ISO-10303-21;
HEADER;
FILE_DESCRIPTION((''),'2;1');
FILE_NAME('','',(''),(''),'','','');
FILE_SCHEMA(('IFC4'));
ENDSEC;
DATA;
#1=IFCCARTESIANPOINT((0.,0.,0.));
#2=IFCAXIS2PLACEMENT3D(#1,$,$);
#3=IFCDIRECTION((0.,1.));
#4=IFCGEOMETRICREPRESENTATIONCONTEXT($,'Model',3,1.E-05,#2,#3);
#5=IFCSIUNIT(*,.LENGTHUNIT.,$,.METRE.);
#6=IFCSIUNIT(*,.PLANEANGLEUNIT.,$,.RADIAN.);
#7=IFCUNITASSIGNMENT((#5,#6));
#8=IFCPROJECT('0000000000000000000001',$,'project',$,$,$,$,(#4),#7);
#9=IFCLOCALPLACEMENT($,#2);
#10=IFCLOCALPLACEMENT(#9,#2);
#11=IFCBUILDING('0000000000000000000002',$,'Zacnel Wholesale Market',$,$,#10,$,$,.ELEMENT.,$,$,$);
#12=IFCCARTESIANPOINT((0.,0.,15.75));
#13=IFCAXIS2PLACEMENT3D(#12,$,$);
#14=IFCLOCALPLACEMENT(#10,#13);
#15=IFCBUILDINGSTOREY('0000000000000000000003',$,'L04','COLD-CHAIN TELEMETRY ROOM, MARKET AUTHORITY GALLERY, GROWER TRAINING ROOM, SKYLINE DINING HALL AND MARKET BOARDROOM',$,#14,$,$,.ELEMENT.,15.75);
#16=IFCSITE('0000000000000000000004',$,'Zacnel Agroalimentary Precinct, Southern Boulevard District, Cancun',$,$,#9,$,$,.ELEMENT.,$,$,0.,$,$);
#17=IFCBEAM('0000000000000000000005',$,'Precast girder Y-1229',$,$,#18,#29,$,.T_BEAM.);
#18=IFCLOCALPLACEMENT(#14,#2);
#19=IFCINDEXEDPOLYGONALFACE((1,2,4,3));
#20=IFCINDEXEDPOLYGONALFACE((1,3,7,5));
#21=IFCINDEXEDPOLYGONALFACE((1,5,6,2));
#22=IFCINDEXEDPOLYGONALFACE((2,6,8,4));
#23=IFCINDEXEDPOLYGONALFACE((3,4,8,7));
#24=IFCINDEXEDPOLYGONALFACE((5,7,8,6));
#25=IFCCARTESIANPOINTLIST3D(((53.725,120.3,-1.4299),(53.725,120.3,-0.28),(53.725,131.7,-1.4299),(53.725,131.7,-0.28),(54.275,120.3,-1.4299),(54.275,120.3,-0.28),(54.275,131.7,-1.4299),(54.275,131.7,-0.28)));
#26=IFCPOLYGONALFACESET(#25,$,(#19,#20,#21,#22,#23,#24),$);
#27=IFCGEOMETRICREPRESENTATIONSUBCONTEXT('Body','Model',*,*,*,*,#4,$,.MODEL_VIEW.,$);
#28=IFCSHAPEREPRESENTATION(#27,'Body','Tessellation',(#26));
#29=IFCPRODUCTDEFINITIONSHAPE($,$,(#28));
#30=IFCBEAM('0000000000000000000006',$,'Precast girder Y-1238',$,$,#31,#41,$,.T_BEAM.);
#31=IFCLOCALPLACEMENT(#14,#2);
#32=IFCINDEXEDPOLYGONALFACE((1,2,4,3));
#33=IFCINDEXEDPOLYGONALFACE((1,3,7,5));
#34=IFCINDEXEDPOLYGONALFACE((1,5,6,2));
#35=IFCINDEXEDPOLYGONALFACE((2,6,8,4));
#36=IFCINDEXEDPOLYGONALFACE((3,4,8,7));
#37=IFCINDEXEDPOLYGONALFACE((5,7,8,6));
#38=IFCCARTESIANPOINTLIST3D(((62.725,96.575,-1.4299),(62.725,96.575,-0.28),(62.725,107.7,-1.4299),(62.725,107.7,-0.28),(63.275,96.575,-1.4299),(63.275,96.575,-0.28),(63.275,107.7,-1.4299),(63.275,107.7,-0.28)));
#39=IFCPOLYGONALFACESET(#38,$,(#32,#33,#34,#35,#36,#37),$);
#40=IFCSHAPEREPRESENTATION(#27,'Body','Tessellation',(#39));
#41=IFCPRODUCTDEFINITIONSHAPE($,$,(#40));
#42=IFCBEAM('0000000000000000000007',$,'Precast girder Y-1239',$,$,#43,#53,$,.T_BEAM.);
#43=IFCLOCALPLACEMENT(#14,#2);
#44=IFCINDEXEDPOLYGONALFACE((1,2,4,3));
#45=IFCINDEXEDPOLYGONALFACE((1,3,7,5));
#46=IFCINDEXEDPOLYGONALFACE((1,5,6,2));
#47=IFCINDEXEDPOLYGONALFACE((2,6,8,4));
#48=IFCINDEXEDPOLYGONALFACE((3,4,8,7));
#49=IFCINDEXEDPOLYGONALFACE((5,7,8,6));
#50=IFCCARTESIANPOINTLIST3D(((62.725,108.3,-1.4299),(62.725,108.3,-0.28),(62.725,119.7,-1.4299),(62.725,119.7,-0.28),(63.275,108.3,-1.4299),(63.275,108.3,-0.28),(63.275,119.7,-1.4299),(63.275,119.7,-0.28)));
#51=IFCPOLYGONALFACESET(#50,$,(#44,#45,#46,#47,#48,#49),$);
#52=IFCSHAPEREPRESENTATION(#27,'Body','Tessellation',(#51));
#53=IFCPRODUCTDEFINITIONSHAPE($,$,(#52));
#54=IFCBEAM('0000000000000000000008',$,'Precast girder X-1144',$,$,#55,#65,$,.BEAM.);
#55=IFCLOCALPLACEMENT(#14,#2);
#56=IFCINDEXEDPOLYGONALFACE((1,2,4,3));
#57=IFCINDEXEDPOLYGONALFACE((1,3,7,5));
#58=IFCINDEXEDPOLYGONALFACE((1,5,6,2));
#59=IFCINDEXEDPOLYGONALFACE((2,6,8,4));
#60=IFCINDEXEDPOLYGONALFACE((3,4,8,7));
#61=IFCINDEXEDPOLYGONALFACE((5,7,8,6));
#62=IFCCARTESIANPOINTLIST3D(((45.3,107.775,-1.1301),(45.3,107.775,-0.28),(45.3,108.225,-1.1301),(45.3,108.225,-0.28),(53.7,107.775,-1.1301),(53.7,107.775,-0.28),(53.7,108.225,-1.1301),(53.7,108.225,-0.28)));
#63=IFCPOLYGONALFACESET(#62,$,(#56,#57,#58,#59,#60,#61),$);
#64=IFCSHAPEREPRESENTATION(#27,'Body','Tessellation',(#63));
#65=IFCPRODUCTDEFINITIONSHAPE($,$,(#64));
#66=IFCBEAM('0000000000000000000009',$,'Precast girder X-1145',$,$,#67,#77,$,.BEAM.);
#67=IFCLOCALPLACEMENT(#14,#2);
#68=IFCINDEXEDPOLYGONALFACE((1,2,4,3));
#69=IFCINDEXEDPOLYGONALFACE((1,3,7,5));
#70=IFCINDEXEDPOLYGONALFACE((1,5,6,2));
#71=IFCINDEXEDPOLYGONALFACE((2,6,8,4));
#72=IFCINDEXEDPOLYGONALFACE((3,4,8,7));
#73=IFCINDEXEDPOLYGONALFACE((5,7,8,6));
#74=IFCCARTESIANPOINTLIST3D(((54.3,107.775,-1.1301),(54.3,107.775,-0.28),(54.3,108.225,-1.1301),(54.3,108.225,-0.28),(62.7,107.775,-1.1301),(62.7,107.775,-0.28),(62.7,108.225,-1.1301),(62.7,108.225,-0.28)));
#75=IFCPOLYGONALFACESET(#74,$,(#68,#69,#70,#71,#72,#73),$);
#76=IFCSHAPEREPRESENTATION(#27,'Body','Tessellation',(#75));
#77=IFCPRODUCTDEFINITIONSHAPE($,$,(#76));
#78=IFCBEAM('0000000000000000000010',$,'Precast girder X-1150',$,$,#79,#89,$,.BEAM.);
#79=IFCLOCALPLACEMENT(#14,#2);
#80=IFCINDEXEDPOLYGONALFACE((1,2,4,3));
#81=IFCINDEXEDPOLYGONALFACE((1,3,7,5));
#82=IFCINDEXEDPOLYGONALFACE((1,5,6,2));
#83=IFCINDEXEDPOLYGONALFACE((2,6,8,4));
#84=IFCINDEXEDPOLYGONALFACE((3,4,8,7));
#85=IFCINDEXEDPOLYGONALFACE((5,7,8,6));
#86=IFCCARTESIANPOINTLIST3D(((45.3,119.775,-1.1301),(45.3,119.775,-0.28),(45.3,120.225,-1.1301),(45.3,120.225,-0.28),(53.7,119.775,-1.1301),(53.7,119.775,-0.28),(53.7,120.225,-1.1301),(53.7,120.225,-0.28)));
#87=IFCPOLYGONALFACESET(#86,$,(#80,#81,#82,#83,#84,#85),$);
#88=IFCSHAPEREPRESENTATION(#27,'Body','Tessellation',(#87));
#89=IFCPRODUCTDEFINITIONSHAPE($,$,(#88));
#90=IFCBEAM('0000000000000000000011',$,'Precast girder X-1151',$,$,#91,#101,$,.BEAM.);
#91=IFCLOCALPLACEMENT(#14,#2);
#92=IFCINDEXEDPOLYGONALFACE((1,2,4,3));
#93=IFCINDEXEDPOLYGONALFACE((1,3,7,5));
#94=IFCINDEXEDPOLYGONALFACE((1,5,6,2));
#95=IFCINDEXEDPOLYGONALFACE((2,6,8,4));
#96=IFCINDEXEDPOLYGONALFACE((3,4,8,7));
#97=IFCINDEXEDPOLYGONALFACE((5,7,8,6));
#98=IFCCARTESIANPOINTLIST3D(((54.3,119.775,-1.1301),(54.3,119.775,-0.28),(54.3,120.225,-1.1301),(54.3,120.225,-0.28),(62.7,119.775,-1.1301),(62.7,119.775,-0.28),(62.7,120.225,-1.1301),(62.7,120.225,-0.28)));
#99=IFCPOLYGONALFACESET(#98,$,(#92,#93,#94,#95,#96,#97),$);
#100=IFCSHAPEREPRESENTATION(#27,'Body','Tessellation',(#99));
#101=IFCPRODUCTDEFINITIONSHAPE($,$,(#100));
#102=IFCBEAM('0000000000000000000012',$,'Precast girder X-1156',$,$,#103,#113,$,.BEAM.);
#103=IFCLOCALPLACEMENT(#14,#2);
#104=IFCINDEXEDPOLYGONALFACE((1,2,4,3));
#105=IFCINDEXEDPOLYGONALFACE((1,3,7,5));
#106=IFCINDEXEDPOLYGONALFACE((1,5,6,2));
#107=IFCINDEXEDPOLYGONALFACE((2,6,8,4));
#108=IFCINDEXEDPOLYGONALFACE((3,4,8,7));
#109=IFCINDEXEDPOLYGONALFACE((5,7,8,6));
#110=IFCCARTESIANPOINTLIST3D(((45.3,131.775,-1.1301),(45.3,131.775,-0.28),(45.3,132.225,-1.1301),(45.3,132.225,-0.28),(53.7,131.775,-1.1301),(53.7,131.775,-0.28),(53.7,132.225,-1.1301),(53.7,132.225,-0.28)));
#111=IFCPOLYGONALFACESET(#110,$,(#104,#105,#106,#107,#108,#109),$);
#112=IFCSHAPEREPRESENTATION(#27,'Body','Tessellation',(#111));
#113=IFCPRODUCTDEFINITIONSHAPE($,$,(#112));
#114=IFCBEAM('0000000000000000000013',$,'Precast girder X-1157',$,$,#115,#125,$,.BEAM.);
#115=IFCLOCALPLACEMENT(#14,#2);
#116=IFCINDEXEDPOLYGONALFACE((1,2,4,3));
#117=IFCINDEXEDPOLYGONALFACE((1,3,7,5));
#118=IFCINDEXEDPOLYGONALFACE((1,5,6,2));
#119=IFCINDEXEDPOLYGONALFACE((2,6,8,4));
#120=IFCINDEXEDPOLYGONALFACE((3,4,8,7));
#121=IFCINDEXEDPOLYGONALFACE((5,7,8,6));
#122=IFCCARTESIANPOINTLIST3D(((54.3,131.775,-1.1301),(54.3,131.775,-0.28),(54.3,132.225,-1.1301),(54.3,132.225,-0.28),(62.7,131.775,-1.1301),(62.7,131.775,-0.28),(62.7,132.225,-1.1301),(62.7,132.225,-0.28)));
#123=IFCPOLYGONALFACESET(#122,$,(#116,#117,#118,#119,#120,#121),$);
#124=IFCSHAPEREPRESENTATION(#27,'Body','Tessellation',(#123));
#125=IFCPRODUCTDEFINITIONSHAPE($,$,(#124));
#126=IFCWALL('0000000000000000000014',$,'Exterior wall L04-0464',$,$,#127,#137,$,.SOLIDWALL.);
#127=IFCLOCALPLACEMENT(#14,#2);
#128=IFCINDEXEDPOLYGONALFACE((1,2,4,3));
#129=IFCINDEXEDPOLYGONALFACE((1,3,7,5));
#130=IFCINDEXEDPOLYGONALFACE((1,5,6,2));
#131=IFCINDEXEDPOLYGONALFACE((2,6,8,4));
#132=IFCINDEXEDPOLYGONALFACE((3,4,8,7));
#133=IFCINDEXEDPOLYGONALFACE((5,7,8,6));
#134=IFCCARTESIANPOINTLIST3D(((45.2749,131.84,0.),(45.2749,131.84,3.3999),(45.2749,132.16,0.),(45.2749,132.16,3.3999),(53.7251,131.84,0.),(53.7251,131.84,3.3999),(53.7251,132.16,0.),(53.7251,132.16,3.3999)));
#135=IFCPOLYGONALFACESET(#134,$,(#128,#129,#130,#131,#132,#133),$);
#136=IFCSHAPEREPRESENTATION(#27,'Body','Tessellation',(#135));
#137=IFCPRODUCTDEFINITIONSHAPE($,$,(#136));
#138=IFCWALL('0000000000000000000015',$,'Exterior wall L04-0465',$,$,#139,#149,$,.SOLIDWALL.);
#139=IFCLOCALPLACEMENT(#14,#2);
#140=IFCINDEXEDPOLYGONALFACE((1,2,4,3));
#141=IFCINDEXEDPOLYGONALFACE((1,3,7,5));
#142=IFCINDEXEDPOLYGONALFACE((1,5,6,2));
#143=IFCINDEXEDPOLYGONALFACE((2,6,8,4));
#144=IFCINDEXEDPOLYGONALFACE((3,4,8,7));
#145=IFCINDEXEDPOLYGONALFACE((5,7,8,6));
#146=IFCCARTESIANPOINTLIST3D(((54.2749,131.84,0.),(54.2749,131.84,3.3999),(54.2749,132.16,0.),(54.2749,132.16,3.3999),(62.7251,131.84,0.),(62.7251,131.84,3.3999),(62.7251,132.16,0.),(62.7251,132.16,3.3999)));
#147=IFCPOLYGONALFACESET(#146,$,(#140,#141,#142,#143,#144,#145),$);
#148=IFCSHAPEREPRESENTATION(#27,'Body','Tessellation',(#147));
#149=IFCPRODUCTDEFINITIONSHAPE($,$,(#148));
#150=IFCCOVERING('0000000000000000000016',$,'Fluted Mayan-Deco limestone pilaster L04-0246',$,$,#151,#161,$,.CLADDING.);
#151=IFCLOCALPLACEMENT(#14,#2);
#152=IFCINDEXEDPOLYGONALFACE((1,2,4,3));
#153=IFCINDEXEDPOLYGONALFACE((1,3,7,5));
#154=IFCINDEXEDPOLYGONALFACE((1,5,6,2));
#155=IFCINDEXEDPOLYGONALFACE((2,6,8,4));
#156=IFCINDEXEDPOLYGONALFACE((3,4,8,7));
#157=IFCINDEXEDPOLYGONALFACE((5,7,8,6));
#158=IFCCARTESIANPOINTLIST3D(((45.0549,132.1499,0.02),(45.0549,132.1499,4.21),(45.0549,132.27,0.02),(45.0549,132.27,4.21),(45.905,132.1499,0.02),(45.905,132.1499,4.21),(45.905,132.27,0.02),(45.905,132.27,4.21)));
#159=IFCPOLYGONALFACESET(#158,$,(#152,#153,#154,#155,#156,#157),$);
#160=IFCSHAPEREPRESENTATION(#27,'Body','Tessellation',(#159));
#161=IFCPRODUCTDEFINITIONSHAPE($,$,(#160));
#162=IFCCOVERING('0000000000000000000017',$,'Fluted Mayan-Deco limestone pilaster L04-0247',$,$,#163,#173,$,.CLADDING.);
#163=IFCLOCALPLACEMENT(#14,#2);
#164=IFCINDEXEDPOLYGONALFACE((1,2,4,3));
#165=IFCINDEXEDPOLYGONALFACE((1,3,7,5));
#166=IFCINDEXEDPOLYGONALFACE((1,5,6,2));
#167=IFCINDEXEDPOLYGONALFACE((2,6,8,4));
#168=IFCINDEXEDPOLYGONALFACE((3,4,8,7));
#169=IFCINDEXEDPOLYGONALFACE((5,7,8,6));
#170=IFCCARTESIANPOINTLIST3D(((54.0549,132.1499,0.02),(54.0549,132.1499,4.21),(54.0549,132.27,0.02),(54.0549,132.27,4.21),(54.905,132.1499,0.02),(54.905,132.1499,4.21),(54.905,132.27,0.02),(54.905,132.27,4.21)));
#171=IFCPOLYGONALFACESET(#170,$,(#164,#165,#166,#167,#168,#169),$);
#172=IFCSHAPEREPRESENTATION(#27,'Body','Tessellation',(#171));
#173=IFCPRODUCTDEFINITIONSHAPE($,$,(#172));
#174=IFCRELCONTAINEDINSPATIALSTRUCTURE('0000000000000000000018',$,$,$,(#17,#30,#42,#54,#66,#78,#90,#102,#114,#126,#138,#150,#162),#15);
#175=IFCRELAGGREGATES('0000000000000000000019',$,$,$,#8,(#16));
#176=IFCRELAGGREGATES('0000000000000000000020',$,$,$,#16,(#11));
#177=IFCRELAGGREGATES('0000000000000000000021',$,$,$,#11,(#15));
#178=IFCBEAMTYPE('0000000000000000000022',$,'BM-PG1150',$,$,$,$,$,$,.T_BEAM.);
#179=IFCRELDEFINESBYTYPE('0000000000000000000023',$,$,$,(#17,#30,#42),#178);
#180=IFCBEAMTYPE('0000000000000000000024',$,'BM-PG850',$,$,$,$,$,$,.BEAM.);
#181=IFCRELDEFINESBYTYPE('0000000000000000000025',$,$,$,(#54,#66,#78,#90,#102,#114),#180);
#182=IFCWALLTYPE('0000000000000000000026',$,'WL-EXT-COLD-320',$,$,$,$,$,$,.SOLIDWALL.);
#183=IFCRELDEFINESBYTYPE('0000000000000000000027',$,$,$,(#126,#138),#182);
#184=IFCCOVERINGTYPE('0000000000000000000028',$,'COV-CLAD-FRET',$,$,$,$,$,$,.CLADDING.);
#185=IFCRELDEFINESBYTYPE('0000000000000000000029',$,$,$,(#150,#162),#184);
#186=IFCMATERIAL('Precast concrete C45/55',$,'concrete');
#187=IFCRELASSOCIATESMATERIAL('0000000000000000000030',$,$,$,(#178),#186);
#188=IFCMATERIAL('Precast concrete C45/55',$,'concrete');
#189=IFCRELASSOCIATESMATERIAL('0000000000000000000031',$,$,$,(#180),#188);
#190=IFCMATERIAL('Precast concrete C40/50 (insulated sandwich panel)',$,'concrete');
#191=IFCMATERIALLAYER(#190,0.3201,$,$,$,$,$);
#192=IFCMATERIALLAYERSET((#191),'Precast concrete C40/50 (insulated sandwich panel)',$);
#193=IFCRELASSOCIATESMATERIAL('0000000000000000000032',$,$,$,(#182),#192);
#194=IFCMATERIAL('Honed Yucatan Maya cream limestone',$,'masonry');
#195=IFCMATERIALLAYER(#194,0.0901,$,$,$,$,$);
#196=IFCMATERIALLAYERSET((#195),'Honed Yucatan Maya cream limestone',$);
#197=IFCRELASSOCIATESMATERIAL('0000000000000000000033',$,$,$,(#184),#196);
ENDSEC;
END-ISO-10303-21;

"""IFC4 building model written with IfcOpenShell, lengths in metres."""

from ifc_helpers import new_model, si_unit, direction, frame, frame_2d, origin, origin_2d, place, context, subcontext, project, spatial, rectangle, extrude, material, layer, layer_set, material_profile, profile_set, type_object, element, save


model = new_model("IFC4")

# Units and contexts
model_context = context("Model", 3, precision=1e-05, world=origin(), true_north=direction((0.0, 1.0)))
body_context = subcontext(model_context, "Body", "Model", "MODEL_VIEW")
ifc_project = project(units=[si_unit("LENGTHUNIT", "METRE"), si_unit("PLANEANGLEUNIT", "RADIAN")], contexts=[model_context])

# Site, building, storey
site_placement = place(None, origin())
site = spatial("IfcSite", under=ifc_project, at=site_placement, Name="Zacnel Agroalimentary Precinct, Southern Boulevard District, Cancun", CompositionType="ELEMENT", RefElevation=0.0)
building_placement = place(site_placement, origin())
building = spatial("IfcBuilding", under=site, at=building_placement, Name="Zacnel Wholesale Market", CompositionType="ELEMENT")
storey_placement = place(building_placement, frame((0.0, 0.0, 15.75)))
storey = spatial("IfcBuildingStorey", under=building, at=storey_placement, Name="L04", Description="COLD-CHAIN TELEMETRY ROOM, MARKET AUTHORITY GALLERY, GROWER TRAINING ROOM, SKYLINE DINING HALL AND MARKET BOARDROOM", CompositionType="ELEMENT", Elevation=15.75)

# Beams
ifc_material_1 = material(Name="Precast concrete C45/55", Category="concrete")
ifc_material_profile_1 = material_profile(ifc_material_1, rectangle(XDim=0.55, YDim=1.1499, at=origin_2d()), Name="PG 550x1150")
ifc_profile_set_1 = profile_set([ifc_material_profile_1], Name="Precast concrete C45/55")
beam_type_1 = type_object("IfcBeamType", Name="BM-PG1150", PredefinedType="T_BEAM", material=ifc_profile_set_1)
for number, where, z_axis, x_axis, name in (
    (1, (54.0, 120.3, -0.855), (0.0, 1.0, 0.0), (-1.0, 0.0, 0.0), "Precast girder Y-1229"),
):
    element("IfcBeam", number, at=place(storey_placement, frame(where, z_axis=z_axis, x_axis=x_axis)), inside=storey, type_object=beam_type_1, Name=name, PredefinedType="T_BEAM", context=body_context, shape_type="SweptSolid", body=[
        extrude(rectangle(XDim=0.55, YDim=1.1499, at=origin_2d()), origin(), (0.0, 0.0, 1.0), 11.3999),
    ])
beam_1_placement = place(storey_placement, frame((63.0, 96.575, -0.855), z_axis=(0.0, 1.0, 0.0), x_axis=(-1.0, 0.0, 0.0)))
element("IfcBeam", 2, at=beam_1_placement, inside=storey, type_object=beam_type_1, Name="Precast girder Y-1238", PredefinedType="T_BEAM", context=body_context, shape_type="SweptSolid", body=[
    extrude(rectangle(XDim=0.55, YDim=1.1499, at=origin_2d()), origin(), (0.0, 0.0, 1.0), 11.125),
])
beam_2_placement = place(storey_placement, frame((63.0, 108.3, -0.855), z_axis=(0.0, 1.0, 0.0), x_axis=(-1.0, 0.0, 0.0)))
element("IfcBeam", 3, at=beam_2_placement, inside=storey, type_object=beam_type_1, Name="Precast girder Y-1239", PredefinedType="T_BEAM", context=body_context, shape_type="SweptSolid", body=[
    extrude(rectangle(XDim=0.55, YDim=1.1499, at=origin_2d()), origin(), (0.0, 0.0, 1.0), 11.3999),
])
ifc_material_2 = material(Name="Precast concrete C45/55", Category="concrete")
ifc_material_profile_2 = material_profile(ifc_material_2, rectangle(XDim=0.45, YDim=0.8501, at=origin_2d()), Name="PG 450x850")
ifc_profile_set_2 = profile_set([ifc_material_profile_2], Name="Precast concrete C45/55")
beam_type_2 = type_object("IfcBeamType", Name="BM-PG850", PredefinedType="BEAM", material=ifc_profile_set_2)
for number, where, z_axis, x_axis, name in (
    (4, (45.3, 108.0, -0.7051), (1.0, 0.0, 0.0), (0.0, 1.0, 0.0), "Precast girder X-1144"),
    (5, (54.3, 108.0, -0.7051), (1.0, 0.0, 0.0), (0.0, 1.0, 0.0), "Precast girder X-1145"),
    (6, (45.3, 120.0, -0.7051), (1.0, 0.0, 0.0), (0.0, 1.0, 0.0), "Precast girder X-1150"),
    (7, (54.3, 120.0, -0.7051), (1.0, 0.0, 0.0), (0.0, 1.0, 0.0), "Precast girder X-1151"),
    (8, (45.3, 132.0, -0.7051), (1.0, 0.0, 0.0), (0.0, 1.0, 0.0), "Precast girder X-1156"),
    (9, (54.3, 132.0, -0.7051), (1.0, 0.0, 0.0), (0.0, 1.0, 0.0), "Precast girder X-1157"),
):
    element("IfcBeam", number, at=place(storey_placement, frame(where, z_axis=z_axis, x_axis=x_axis)), inside=storey, type_object=beam_type_2, Name=name, PredefinedType="BEAM", context=body_context, shape_type="SweptSolid", body=[
        extrude(rectangle(XDim=0.45, YDim=0.8501, at=origin_2d()), origin(), (0.0, 0.0, 1.0), 8.3999),
    ])

# Walls
ifc_material_3 = material(Name="Precast concrete C40/50 (insulated sandwich panel)", Category="concrete")
ifc_layer_1 = layer(ifc_material_3, 0.3201)
ifc_layer_set_1 = layer_set([ifc_layer_1], Name="Precast concrete C40/50 (insulated sandwich panel)")
wall_type = type_object("IfcWallType", Name="WL-EXT-COLD-320", PredefinedType="SOLIDWALL", material=ifc_layer_set_1)
for number, where, z_axis, x_axis, name in (
    (10, (45.2749, 132.0, 0.0), (0.0, 0.0, 1.0), (1.0, 0.0, 0.0), "Exterior wall L04-0464"),
    (11, (54.2749, 132.0, 0.0), (0.0, 0.0, 1.0), (1.0, 0.0, 0.0), "Exterior wall L04-0465"),
):
    element("IfcWall", number, at=place(storey_placement, frame(where, z_axis=z_axis, x_axis=x_axis)), inside=storey, type_object=wall_type, Name=name, PredefinedType="SOLIDWALL", context=body_context, shape_type="SweptSolid", body=[
        extrude(rectangle(XDim=8.4502, YDim=0.3201, at=frame_2d((4.2251, 0.0))), origin(), (0.0, 0.0, 1.0), 3.3999),
    ])

# Coverings
ifc_material_4 = material(Name="Honed Yucatan Maya cream limestone", Category="masonry")
ifc_layer_2 = layer(ifc_material_4, 0.0901)
ifc_layer_set_2 = layer_set([ifc_layer_2], Name="Honed Yucatan Maya cream limestone")
covering_type = type_object("IfcCoveringType", Name="COV-CLAD-FRET", PredefinedType="CLADDING", material=ifc_layer_set_2)
for number, where, z_axis, x_axis, name in (
    (12, (45.48, 132.21, 0.02), (0.0, 0.0, 1.0), (1.0, 0.0, 0.0), "Fluted Mayan-Deco limestone pilaster L04-0246"),
    (13, (54.48, 132.21, 0.02), (0.0, 0.0, 1.0), (1.0, 0.0, 0.0), "Fluted Mayan-Deco limestone pilaster L04-0247"),
):
    element("IfcCovering", number, at=place(storey_placement, frame(where, z_axis=z_axis, x_axis=x_axis)), inside=storey, type_object=covering_type, Name=name, PredefinedType="CLADDING", context=body_context, shape_type="SweptSolid", body=[
        extrude(rectangle(XDim=0.8501, YDim=0.1201, at=origin_2d()), origin(), (0.0, 0.0, 1.0), 4.1899),
    ])

save(model, "model.ifc")
